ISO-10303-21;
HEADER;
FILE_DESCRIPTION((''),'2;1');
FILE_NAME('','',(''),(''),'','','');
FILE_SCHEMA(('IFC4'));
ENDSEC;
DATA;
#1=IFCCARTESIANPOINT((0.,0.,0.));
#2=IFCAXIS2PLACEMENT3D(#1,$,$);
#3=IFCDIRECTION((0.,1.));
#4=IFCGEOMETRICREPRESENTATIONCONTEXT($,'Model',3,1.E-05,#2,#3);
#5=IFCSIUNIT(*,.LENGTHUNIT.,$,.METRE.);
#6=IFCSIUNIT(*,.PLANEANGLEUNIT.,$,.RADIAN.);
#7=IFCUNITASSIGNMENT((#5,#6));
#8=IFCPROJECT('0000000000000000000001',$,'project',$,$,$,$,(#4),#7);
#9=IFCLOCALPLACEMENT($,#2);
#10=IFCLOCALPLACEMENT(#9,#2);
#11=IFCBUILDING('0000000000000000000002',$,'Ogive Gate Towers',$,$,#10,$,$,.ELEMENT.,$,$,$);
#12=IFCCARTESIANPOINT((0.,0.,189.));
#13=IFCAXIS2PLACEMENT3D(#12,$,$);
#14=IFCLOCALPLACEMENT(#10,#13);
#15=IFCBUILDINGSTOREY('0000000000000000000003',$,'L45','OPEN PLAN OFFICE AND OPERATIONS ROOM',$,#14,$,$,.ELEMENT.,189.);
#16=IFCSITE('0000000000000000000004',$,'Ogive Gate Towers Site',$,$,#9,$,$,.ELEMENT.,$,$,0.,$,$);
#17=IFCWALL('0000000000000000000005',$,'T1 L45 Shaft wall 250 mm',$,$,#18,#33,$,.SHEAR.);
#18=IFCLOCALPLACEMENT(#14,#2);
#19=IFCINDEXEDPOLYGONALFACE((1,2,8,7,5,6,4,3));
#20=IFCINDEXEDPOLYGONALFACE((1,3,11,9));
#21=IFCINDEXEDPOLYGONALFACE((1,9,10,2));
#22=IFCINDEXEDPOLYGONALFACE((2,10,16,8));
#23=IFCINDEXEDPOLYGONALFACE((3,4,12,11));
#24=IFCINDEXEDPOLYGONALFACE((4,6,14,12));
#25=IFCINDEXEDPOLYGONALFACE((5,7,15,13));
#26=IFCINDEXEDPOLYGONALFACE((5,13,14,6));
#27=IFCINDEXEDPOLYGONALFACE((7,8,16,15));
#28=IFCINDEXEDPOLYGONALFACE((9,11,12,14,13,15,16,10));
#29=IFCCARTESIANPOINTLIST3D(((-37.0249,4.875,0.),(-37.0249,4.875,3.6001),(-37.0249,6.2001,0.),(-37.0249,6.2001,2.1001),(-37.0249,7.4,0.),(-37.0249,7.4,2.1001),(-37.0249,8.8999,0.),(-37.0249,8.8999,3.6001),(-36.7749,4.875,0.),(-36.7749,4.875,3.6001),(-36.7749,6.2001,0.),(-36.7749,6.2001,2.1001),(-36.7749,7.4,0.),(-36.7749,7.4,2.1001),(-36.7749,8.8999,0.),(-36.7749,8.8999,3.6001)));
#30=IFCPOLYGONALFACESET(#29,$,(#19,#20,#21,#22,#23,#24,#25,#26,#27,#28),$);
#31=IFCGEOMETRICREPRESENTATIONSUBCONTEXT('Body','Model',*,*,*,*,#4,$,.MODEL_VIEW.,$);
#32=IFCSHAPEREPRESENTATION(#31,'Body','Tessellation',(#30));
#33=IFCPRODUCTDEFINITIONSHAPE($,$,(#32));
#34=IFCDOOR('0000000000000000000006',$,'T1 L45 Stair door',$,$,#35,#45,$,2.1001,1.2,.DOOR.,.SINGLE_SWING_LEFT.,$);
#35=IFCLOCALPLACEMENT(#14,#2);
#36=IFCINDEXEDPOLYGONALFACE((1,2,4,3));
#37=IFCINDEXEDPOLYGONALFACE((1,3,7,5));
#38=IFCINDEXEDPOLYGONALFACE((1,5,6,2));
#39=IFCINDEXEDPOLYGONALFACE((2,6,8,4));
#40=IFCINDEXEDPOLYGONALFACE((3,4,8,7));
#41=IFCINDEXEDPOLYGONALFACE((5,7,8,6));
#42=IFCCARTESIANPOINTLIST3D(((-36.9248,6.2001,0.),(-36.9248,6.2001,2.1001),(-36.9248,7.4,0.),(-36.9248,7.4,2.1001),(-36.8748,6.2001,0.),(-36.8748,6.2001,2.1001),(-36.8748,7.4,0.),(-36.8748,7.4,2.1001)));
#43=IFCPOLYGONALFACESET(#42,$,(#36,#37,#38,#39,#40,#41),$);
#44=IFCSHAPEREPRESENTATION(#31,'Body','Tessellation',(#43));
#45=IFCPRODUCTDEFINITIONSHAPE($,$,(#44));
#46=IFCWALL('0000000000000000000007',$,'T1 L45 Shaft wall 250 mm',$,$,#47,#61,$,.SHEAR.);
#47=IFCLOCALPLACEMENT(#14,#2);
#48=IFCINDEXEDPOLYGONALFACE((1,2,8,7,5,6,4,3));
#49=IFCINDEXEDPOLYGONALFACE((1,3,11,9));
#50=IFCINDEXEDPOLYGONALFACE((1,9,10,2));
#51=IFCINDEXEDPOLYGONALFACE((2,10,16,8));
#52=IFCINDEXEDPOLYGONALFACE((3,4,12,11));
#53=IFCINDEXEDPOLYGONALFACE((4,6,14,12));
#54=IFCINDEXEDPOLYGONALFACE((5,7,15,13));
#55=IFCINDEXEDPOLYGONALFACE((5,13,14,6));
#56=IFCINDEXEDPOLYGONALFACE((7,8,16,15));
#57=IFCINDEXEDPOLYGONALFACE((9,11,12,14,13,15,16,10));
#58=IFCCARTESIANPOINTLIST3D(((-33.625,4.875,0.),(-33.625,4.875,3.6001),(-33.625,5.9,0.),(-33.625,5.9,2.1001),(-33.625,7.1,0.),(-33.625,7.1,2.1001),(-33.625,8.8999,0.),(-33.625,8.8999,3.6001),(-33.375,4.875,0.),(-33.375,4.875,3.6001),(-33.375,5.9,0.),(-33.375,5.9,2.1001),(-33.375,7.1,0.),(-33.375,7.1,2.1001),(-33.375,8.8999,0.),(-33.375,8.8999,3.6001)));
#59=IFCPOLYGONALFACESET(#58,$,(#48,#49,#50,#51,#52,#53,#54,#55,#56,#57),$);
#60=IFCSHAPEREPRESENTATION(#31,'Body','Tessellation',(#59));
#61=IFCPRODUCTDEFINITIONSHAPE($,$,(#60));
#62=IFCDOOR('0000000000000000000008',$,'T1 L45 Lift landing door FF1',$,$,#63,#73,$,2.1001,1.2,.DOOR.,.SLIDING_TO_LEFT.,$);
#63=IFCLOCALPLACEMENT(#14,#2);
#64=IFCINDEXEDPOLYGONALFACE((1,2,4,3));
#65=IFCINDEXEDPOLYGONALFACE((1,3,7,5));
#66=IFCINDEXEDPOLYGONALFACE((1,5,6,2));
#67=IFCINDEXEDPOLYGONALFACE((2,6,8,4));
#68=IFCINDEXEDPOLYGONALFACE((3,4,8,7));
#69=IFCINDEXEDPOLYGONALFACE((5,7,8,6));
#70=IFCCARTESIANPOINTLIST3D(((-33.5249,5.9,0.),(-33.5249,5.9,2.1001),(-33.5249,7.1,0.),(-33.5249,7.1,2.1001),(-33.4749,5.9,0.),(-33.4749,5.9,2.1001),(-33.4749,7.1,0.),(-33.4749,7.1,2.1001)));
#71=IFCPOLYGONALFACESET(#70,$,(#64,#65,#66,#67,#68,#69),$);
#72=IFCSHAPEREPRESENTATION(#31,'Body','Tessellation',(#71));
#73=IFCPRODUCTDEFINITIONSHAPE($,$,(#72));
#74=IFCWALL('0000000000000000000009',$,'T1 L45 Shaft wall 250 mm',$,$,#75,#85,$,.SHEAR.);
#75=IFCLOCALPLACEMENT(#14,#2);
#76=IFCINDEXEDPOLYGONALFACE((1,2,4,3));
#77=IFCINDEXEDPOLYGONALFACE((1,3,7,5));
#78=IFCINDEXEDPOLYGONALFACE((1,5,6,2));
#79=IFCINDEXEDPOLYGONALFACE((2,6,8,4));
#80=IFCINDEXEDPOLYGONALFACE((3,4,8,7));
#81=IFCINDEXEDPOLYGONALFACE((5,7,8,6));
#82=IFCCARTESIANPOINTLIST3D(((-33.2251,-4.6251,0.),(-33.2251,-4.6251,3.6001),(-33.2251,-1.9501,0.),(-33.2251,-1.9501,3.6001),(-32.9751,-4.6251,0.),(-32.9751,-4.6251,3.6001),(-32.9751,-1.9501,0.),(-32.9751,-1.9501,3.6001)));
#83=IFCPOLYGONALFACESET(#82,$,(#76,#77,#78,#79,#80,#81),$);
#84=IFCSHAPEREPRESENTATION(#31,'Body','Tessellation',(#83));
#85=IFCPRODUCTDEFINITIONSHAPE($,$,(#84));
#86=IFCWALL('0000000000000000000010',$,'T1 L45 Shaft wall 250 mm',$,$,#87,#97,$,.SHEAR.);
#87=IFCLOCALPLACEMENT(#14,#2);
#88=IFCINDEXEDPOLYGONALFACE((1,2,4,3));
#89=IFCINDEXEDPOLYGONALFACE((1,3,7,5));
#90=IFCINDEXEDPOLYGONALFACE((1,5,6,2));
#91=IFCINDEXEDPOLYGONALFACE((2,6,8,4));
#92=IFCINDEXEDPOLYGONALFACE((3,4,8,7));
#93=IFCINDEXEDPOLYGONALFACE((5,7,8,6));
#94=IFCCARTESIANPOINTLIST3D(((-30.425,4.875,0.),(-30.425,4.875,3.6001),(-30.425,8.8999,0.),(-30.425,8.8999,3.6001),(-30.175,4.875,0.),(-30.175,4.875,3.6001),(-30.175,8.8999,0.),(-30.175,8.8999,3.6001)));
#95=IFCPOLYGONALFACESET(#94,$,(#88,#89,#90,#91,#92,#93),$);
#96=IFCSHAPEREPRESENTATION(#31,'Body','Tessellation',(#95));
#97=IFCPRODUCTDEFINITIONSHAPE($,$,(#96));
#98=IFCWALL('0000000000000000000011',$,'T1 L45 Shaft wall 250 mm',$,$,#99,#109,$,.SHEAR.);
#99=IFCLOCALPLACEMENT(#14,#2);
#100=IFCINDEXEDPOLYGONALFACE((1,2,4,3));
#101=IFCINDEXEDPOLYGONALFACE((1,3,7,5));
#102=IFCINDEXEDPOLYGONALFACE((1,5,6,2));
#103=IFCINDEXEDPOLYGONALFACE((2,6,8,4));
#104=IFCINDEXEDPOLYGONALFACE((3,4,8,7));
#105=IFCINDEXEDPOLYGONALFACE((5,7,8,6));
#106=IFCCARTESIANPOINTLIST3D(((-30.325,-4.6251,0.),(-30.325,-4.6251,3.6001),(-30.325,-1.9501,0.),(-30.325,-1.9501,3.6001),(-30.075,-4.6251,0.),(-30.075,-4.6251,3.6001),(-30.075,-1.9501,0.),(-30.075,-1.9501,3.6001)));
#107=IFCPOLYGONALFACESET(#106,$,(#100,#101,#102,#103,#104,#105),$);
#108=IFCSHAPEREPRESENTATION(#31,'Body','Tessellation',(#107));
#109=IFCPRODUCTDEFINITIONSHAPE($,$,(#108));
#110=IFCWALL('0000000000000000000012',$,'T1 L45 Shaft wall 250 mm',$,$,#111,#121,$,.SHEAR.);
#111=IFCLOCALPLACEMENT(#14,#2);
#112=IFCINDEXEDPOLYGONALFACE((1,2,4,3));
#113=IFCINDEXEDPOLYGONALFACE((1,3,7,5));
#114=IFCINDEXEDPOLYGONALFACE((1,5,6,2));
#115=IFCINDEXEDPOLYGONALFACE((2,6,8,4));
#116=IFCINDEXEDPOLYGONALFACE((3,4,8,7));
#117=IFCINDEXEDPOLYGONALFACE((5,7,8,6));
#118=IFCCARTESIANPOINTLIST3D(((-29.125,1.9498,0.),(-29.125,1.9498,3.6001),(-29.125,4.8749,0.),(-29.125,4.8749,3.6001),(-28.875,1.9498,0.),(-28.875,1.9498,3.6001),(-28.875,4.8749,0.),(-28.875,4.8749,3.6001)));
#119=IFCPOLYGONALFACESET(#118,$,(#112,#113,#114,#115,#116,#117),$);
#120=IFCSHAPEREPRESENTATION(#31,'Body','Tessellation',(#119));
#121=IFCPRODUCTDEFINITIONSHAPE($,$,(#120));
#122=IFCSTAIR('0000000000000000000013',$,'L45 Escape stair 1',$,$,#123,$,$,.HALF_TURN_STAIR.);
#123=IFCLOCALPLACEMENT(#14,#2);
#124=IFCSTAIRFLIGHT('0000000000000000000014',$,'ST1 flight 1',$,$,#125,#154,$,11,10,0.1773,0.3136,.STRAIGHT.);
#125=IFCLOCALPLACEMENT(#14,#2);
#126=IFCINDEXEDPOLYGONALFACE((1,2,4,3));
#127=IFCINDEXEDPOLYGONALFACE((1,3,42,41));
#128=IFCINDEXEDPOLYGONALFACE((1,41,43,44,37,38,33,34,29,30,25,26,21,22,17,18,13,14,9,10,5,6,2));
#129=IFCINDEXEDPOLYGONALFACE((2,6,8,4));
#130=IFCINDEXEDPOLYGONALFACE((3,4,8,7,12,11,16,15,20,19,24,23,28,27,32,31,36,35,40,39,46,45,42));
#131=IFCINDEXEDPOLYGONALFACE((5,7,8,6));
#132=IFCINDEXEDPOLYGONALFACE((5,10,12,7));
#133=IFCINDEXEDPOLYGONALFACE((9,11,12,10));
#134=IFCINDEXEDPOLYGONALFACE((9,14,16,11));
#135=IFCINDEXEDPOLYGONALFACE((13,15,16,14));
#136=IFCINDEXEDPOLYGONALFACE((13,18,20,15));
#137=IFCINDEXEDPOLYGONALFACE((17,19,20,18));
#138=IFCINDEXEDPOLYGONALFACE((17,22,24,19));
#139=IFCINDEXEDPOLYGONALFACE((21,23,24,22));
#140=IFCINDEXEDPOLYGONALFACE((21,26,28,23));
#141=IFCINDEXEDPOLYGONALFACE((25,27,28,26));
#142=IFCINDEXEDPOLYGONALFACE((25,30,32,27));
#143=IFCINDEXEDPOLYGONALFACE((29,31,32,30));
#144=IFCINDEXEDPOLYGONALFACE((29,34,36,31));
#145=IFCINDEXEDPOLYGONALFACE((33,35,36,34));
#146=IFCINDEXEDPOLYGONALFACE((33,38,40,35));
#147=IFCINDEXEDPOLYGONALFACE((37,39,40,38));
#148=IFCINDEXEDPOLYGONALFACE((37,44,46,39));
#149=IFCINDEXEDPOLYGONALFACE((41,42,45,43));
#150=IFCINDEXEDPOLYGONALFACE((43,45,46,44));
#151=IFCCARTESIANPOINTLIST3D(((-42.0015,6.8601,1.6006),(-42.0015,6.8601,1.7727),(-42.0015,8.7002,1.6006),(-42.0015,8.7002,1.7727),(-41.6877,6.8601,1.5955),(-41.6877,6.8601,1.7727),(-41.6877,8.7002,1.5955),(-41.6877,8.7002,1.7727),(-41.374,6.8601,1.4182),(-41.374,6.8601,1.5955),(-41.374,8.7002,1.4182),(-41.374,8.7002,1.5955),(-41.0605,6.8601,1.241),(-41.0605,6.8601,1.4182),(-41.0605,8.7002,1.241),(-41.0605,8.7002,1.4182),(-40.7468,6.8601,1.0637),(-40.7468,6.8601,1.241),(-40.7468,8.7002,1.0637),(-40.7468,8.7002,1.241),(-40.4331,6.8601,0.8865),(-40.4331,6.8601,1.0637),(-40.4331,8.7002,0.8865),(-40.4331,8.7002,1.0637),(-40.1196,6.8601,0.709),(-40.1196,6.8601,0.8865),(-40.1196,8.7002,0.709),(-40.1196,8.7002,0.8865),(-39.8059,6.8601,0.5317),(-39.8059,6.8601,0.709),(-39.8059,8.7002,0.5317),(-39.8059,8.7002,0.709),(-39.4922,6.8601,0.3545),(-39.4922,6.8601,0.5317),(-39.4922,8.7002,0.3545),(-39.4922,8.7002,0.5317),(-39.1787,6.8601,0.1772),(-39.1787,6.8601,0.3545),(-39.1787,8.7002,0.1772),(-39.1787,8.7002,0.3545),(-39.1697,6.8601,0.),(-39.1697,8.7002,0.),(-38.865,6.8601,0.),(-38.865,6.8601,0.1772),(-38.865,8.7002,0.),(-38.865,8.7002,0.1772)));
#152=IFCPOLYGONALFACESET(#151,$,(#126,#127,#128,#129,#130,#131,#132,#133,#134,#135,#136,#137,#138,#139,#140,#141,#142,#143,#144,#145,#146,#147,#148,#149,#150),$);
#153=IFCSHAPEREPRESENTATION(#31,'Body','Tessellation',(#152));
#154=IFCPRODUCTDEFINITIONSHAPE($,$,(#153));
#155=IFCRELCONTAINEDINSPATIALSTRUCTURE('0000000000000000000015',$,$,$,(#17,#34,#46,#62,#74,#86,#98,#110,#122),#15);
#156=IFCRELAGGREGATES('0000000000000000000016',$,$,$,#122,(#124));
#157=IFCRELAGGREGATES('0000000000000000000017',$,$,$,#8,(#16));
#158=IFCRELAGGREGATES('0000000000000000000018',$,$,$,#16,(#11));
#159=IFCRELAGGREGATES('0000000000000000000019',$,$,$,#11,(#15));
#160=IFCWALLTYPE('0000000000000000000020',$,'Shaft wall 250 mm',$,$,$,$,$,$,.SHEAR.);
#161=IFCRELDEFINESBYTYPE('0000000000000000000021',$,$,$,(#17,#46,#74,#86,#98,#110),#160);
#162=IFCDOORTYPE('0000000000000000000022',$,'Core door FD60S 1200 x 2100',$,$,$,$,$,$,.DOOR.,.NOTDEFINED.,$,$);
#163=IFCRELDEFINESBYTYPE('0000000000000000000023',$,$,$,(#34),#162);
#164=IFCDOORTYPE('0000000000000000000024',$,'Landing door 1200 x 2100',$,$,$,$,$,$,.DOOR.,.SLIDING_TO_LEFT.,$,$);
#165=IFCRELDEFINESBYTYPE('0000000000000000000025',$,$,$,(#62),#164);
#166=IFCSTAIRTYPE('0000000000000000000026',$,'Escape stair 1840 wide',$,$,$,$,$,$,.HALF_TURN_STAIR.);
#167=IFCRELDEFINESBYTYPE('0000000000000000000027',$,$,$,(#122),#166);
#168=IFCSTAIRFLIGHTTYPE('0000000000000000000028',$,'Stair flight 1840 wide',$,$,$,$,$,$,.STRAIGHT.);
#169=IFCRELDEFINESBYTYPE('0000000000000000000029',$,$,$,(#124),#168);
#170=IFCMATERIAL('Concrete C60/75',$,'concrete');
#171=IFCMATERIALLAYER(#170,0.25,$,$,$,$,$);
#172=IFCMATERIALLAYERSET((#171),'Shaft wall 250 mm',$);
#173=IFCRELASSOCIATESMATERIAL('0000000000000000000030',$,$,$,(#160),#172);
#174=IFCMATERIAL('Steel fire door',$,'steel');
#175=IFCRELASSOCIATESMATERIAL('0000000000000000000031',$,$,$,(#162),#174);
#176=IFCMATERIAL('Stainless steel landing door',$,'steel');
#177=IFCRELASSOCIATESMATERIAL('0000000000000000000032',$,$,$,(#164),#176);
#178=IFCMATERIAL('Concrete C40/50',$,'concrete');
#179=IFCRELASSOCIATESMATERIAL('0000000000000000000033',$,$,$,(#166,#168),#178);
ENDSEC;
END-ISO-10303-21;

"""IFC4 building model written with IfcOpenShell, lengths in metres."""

from ifc_helpers import new_model, si_unit, direction, frame, frame_2d, origin, place, context, subcontext, project, spatial, polyline, rectangle, outline, extrude, material, layer, layer_set, type_object, element, fill, aggregate, save


model = new_model("IFC4")

# Units and contexts
model_context = context("Model", 3, precision=1e-05, world=origin(), true_north=direction((0.0, 1.0)))
body_context = subcontext(model_context, "Body", "Model", "MODEL_VIEW")
ifc_project = project(units=[si_unit("LENGTHUNIT", "METRE"), si_unit("PLANEANGLEUNIT", "RADIAN")], contexts=[model_context])

# Site, building, storey
site_placement = place(None, origin())
site = spatial("IfcSite", under=ifc_project, at=site_placement, Name="Ogive Gate Towers Site", CompositionType="ELEMENT", RefElevation=0.0)
building_placement = place(site_placement, origin())
building = spatial("IfcBuilding", under=site, at=building_placement, Name="Ogive Gate Towers", CompositionType="ELEMENT")
storey_placement = place(building_placement, frame((0.0, 0.0, 189.0)))
storey = spatial("IfcBuildingStorey", under=building, at=storey_placement, Name="L45", Description="OPEN PLAN OFFICE AND OPERATIONS ROOM", CompositionType="ELEMENT", Elevation=189.0)

# Shared definitions
ifc_material_1 = material(Name="Concrete C60/75", Category="concrete")
ifc_layer_1 = layer(ifc_material_1, 0.25)
ifc_layer_set_1 = layer_set([ifc_layer_1], Name="Shaft wall 250 mm")
wall_type_1 = type_object("IfcWallType", Name="Shaft wall 250 mm", PredefinedType="SHEAR", material=ifc_layer_set_1)

# Walls, openings, doors
wall_1_placement = place(storey_placement, frame((-36.8999, 4.875, 0.0), z_axis=(0.0, 0.0, 1.0), x_axis=(0.0, 1.0, 0.0)))
wall_1 = element("IfcWall", 1, at=wall_1_placement, inside=storey, type_object=wall_type_1, Name="T1 L45 Shaft wall 250 mm", PredefinedType="SHEAR", context=body_context, shape_type="SweptSolid", body=[
    extrude(rectangle(XDim=4.0249, YDim=0.25, at=frame_2d((2.0125, 0.0))), origin(), (0.0, 0.0, 1.0), 3.6001),
])
opening_1_placement = place(wall_1_placement, frame((1.325, 0.0, 0.0)))
opening_1 = element("IfcOpeningElement", 2, at=opening_1_placement, cuts=wall_1, PredefinedType="OPENING", context=body_context, shape_type="SweptSolid", body=[
    extrude(rectangle(XDim=1.2, YDim=2.1001, at=frame_2d((0.6001, 1.05))), frame((0.0, 0.135, 0.0), z_axis=(0.0, -1.0, 0.0), x_axis=(1.0, 0.0, 0.0)), (0.0, 0.0, 1.0), 0.27),
])
ifc_material_2 = material(Name="Steel fire door", Category="steel")
door_type_1 = type_object("IfcDoorType", Name="Core door FD60S 1200 x 2100", OperationType="NOTDEFINED", PredefinedType="DOOR", material=ifc_material_2)
door_1_placement = place(opening_1_placement, origin())
door_1 = element("IfcDoor", 3, at=door_1_placement, inside=storey, type_object=door_type_1, Name="T1 L45 Stair door", OperationType="SINGLE_SWING_LEFT", OverallHeight=2.1001, OverallWidth=1.2, PredefinedType="DOOR", context=body_context, shape_type="SweptSolid", body=[
    extrude(rectangle(XDim=1.2, YDim=2.1001, at=frame_2d((0.6001, 1.05))), frame((0.0, 0.0249, 0.0), z_axis=(0.0, -1.0, 0.0), x_axis=(1.0, 0.0, 0.0)), (0.0, 0.0, 1.0), 0.05),
])
fill(opening_1, door_1)
wall_2_placement = place(storey_placement, frame((-33.5, 4.875, 0.0), z_axis=(0.0, 0.0, 1.0), x_axis=(0.0, 1.0, 0.0)))
wall_2 = element("IfcWall", 4, at=wall_2_placement, inside=storey, type_object=wall_type_1, Name="T1 L45 Shaft wall 250 mm", PredefinedType="SHEAR", context=body_context, shape_type="SweptSolid", body=[
    extrude(rectangle(XDim=4.0249, YDim=0.25, at=frame_2d((2.0125, 0.0))), origin(), (0.0, 0.0, 1.0), 3.6001),
])
opening_2_placement = place(wall_2_placement, frame((1.0249, 0.0, 0.0)))
opening_2 = element("IfcOpeningElement", 5, at=opening_2_placement, cuts=wall_2, PredefinedType="OPENING", context=body_context, shape_type="SweptSolid", body=[
    extrude(rectangle(XDim=1.2, YDim=2.1001, at=frame_2d((0.6001, 1.05))), frame((0.0, 0.135, 0.0), z_axis=(0.0, -1.0, 0.0), x_axis=(1.0, 0.0, 0.0)), (0.0, 0.0, 1.0), 0.27),
])
ifc_material_3 = material(Name="Stainless steel landing door", Category="steel")
door_type_2 = type_object("IfcDoorType", Name="Landing door 1200 x 2100", OperationType="SLIDING_TO_LEFT", PredefinedType="DOOR", material=ifc_material_3)
door_2_placement = place(opening_2_placement, origin())
door_2 = element("IfcDoor", 6, at=door_2_placement, inside=storey, type_object=door_type_2, Name="T1 L45 Lift landing door FF1", OperationType="SLIDING_TO_LEFT", OverallHeight=2.1001, OverallWidth=1.2, PredefinedType="DOOR", context=body_context, shape_type="SweptSolid", body=[
    extrude(rectangle(XDim=1.2, YDim=2.1001, at=frame_2d((0.6001, 1.05))), frame((0.0, 0.0249, 0.0), z_axis=(0.0, -1.0, 0.0), x_axis=(1.0, 0.0, 0.0)), (0.0, 0.0, 1.0), 0.05),
])
fill(opening_2, door_2)

# Walls
wall_3_placement = place(storey_placement, frame((-33.1001, -4.625, 0.0), z_axis=(0.0, 0.0, 1.0), x_axis=(0.0, 1.0, 0.0)))
element("IfcWall", 7, at=wall_3_placement, inside=storey, type_object=wall_type_1, Name="T1 L45 Shaft wall 250 mm", PredefinedType="SHEAR", context=body_context, shape_type="SweptSolid", body=[
    extrude(rectangle(XDim=2.675, YDim=0.25, at=frame_2d((1.3374, 0.0))), origin(), (0.0, 0.0, 1.0), 3.6001),
])
wall_4_placement = place(storey_placement, frame((-30.3, 4.875, 0.0), z_axis=(0.0, 0.0, 1.0), x_axis=(0.0, 1.0, 0.0)))
element("IfcWall", 8, at=wall_4_placement, inside=storey, type_object=wall_type_1, Name="T1 L45 Shaft wall 250 mm", PredefinedType="SHEAR", context=body_context, shape_type="SweptSolid", body=[
    extrude(rectangle(XDim=4.0249, YDim=0.25, at=frame_2d((2.0125, 0.0))), origin(), (0.0, 0.0, 1.0), 3.6001),
])
wall_5_placement = place(storey_placement, frame((-30.2, -4.625, 0.0), z_axis=(0.0, 0.0, 1.0), x_axis=(0.0, 1.0, 0.0)))
element("IfcWall", 9, at=wall_5_placement, inside=storey, type_object=wall_type_1, Name="T1 L45 Shaft wall 250 mm", PredefinedType="SHEAR", context=body_context, shape_type="SweptSolid", body=[
    extrude(rectangle(XDim=2.675, YDim=0.25, at=frame_2d((1.3374, 0.0))), origin(), (0.0, 0.0, 1.0), 3.6001),
])
wall_6_placement = place(storey_placement, frame((-29.0, 1.95, 0.0), z_axis=(0.0, 0.0, 1.0), x_axis=(0.0, 1.0, 0.0)))
element("IfcWall", 10, at=wall_6_placement, inside=storey, type_object=wall_type_1, Name="T1 L45 Shaft wall 250 mm", PredefinedType="SHEAR", context=body_context, shape_type="SweptSolid", body=[
    extrude(rectangle(XDim=2.925, YDim=0.25, at=frame_2d((1.4624, 0.0))), origin(), (0.0, 0.0, 1.0), 3.6001),
])

# Stair, stair flight
ifc_material_4 = material(Name="Concrete C40/50", Category="concrete")
stair_type = type_object("IfcStairType", Name="Escape stair 1840 wide", PredefinedType="HALF_TURN_STAIR", material=ifc_material_4)
stair_1_placement = place(storey_placement, origin())
stair_1 = element("IfcStair", 11, at=stair_1_placement, inside=storey, type_object=stair_type, Name="L45 Escape stair 1", PredefinedType="HALF_TURN_STAIR")
stair_flight_type = type_object("IfcStairFlightType", Name="Stair flight 1840 wide", PredefinedType="STRAIGHT", material=ifc_material_4)
stair_flight_1_placement = place(storey_placement, frame((-38.865, 7.78, 0.0), z_axis=(0.0, 0.0, 1.0), x_axis=(-1.0, 0.0, 0.0)))
stair_flight_1 = element("IfcStairFlight", 12, at=stair_flight_1_placement, type_object=stair_flight_type, Name="ST1 flight 1", NumberOfRisers=11, NumberOfTreads=10, PredefinedType="STRAIGHT", RiserHeight=0.1773, TreadLength=0.3136, context=body_context, shape_type="SweptSolid", body=[
    extrude(outline(polyline([(0.0, 0.0), (0.0, 0.1772), (0.3137, 0.1772), (0.3137, 0.3545), (0.6272, 0.3545), (0.6272, 0.5317), (0.9409, 0.5317), (0.9409, 0.709), (1.2546, 0.709), (1.2546, 0.8865), (1.5681, 0.8865), (1.5681, 1.0637), (1.8818, 1.0637), (1.8818, 1.241), (2.1956, 1.241), (2.1956, 1.4182), (2.509, 1.4182), (2.509, 1.5955), (2.8228, 1.5955), (2.8228, 1.7727), (3.1365, 1.7727), (3.1365, 1.95), (3.1365, 1.6006), (0.3047, 0.0), (0.0, 0.0)])), frame((0.0, 0.9199, 0.0), z_axis=(0.0, -1.0, 0.0), x_axis=(1.0, 0.0, 0.0)), (0.0, 0.0, 1.0), 1.8401),
])
aggregate(stair_1, [stair_flight_1])

save(model, "model.ifc")
